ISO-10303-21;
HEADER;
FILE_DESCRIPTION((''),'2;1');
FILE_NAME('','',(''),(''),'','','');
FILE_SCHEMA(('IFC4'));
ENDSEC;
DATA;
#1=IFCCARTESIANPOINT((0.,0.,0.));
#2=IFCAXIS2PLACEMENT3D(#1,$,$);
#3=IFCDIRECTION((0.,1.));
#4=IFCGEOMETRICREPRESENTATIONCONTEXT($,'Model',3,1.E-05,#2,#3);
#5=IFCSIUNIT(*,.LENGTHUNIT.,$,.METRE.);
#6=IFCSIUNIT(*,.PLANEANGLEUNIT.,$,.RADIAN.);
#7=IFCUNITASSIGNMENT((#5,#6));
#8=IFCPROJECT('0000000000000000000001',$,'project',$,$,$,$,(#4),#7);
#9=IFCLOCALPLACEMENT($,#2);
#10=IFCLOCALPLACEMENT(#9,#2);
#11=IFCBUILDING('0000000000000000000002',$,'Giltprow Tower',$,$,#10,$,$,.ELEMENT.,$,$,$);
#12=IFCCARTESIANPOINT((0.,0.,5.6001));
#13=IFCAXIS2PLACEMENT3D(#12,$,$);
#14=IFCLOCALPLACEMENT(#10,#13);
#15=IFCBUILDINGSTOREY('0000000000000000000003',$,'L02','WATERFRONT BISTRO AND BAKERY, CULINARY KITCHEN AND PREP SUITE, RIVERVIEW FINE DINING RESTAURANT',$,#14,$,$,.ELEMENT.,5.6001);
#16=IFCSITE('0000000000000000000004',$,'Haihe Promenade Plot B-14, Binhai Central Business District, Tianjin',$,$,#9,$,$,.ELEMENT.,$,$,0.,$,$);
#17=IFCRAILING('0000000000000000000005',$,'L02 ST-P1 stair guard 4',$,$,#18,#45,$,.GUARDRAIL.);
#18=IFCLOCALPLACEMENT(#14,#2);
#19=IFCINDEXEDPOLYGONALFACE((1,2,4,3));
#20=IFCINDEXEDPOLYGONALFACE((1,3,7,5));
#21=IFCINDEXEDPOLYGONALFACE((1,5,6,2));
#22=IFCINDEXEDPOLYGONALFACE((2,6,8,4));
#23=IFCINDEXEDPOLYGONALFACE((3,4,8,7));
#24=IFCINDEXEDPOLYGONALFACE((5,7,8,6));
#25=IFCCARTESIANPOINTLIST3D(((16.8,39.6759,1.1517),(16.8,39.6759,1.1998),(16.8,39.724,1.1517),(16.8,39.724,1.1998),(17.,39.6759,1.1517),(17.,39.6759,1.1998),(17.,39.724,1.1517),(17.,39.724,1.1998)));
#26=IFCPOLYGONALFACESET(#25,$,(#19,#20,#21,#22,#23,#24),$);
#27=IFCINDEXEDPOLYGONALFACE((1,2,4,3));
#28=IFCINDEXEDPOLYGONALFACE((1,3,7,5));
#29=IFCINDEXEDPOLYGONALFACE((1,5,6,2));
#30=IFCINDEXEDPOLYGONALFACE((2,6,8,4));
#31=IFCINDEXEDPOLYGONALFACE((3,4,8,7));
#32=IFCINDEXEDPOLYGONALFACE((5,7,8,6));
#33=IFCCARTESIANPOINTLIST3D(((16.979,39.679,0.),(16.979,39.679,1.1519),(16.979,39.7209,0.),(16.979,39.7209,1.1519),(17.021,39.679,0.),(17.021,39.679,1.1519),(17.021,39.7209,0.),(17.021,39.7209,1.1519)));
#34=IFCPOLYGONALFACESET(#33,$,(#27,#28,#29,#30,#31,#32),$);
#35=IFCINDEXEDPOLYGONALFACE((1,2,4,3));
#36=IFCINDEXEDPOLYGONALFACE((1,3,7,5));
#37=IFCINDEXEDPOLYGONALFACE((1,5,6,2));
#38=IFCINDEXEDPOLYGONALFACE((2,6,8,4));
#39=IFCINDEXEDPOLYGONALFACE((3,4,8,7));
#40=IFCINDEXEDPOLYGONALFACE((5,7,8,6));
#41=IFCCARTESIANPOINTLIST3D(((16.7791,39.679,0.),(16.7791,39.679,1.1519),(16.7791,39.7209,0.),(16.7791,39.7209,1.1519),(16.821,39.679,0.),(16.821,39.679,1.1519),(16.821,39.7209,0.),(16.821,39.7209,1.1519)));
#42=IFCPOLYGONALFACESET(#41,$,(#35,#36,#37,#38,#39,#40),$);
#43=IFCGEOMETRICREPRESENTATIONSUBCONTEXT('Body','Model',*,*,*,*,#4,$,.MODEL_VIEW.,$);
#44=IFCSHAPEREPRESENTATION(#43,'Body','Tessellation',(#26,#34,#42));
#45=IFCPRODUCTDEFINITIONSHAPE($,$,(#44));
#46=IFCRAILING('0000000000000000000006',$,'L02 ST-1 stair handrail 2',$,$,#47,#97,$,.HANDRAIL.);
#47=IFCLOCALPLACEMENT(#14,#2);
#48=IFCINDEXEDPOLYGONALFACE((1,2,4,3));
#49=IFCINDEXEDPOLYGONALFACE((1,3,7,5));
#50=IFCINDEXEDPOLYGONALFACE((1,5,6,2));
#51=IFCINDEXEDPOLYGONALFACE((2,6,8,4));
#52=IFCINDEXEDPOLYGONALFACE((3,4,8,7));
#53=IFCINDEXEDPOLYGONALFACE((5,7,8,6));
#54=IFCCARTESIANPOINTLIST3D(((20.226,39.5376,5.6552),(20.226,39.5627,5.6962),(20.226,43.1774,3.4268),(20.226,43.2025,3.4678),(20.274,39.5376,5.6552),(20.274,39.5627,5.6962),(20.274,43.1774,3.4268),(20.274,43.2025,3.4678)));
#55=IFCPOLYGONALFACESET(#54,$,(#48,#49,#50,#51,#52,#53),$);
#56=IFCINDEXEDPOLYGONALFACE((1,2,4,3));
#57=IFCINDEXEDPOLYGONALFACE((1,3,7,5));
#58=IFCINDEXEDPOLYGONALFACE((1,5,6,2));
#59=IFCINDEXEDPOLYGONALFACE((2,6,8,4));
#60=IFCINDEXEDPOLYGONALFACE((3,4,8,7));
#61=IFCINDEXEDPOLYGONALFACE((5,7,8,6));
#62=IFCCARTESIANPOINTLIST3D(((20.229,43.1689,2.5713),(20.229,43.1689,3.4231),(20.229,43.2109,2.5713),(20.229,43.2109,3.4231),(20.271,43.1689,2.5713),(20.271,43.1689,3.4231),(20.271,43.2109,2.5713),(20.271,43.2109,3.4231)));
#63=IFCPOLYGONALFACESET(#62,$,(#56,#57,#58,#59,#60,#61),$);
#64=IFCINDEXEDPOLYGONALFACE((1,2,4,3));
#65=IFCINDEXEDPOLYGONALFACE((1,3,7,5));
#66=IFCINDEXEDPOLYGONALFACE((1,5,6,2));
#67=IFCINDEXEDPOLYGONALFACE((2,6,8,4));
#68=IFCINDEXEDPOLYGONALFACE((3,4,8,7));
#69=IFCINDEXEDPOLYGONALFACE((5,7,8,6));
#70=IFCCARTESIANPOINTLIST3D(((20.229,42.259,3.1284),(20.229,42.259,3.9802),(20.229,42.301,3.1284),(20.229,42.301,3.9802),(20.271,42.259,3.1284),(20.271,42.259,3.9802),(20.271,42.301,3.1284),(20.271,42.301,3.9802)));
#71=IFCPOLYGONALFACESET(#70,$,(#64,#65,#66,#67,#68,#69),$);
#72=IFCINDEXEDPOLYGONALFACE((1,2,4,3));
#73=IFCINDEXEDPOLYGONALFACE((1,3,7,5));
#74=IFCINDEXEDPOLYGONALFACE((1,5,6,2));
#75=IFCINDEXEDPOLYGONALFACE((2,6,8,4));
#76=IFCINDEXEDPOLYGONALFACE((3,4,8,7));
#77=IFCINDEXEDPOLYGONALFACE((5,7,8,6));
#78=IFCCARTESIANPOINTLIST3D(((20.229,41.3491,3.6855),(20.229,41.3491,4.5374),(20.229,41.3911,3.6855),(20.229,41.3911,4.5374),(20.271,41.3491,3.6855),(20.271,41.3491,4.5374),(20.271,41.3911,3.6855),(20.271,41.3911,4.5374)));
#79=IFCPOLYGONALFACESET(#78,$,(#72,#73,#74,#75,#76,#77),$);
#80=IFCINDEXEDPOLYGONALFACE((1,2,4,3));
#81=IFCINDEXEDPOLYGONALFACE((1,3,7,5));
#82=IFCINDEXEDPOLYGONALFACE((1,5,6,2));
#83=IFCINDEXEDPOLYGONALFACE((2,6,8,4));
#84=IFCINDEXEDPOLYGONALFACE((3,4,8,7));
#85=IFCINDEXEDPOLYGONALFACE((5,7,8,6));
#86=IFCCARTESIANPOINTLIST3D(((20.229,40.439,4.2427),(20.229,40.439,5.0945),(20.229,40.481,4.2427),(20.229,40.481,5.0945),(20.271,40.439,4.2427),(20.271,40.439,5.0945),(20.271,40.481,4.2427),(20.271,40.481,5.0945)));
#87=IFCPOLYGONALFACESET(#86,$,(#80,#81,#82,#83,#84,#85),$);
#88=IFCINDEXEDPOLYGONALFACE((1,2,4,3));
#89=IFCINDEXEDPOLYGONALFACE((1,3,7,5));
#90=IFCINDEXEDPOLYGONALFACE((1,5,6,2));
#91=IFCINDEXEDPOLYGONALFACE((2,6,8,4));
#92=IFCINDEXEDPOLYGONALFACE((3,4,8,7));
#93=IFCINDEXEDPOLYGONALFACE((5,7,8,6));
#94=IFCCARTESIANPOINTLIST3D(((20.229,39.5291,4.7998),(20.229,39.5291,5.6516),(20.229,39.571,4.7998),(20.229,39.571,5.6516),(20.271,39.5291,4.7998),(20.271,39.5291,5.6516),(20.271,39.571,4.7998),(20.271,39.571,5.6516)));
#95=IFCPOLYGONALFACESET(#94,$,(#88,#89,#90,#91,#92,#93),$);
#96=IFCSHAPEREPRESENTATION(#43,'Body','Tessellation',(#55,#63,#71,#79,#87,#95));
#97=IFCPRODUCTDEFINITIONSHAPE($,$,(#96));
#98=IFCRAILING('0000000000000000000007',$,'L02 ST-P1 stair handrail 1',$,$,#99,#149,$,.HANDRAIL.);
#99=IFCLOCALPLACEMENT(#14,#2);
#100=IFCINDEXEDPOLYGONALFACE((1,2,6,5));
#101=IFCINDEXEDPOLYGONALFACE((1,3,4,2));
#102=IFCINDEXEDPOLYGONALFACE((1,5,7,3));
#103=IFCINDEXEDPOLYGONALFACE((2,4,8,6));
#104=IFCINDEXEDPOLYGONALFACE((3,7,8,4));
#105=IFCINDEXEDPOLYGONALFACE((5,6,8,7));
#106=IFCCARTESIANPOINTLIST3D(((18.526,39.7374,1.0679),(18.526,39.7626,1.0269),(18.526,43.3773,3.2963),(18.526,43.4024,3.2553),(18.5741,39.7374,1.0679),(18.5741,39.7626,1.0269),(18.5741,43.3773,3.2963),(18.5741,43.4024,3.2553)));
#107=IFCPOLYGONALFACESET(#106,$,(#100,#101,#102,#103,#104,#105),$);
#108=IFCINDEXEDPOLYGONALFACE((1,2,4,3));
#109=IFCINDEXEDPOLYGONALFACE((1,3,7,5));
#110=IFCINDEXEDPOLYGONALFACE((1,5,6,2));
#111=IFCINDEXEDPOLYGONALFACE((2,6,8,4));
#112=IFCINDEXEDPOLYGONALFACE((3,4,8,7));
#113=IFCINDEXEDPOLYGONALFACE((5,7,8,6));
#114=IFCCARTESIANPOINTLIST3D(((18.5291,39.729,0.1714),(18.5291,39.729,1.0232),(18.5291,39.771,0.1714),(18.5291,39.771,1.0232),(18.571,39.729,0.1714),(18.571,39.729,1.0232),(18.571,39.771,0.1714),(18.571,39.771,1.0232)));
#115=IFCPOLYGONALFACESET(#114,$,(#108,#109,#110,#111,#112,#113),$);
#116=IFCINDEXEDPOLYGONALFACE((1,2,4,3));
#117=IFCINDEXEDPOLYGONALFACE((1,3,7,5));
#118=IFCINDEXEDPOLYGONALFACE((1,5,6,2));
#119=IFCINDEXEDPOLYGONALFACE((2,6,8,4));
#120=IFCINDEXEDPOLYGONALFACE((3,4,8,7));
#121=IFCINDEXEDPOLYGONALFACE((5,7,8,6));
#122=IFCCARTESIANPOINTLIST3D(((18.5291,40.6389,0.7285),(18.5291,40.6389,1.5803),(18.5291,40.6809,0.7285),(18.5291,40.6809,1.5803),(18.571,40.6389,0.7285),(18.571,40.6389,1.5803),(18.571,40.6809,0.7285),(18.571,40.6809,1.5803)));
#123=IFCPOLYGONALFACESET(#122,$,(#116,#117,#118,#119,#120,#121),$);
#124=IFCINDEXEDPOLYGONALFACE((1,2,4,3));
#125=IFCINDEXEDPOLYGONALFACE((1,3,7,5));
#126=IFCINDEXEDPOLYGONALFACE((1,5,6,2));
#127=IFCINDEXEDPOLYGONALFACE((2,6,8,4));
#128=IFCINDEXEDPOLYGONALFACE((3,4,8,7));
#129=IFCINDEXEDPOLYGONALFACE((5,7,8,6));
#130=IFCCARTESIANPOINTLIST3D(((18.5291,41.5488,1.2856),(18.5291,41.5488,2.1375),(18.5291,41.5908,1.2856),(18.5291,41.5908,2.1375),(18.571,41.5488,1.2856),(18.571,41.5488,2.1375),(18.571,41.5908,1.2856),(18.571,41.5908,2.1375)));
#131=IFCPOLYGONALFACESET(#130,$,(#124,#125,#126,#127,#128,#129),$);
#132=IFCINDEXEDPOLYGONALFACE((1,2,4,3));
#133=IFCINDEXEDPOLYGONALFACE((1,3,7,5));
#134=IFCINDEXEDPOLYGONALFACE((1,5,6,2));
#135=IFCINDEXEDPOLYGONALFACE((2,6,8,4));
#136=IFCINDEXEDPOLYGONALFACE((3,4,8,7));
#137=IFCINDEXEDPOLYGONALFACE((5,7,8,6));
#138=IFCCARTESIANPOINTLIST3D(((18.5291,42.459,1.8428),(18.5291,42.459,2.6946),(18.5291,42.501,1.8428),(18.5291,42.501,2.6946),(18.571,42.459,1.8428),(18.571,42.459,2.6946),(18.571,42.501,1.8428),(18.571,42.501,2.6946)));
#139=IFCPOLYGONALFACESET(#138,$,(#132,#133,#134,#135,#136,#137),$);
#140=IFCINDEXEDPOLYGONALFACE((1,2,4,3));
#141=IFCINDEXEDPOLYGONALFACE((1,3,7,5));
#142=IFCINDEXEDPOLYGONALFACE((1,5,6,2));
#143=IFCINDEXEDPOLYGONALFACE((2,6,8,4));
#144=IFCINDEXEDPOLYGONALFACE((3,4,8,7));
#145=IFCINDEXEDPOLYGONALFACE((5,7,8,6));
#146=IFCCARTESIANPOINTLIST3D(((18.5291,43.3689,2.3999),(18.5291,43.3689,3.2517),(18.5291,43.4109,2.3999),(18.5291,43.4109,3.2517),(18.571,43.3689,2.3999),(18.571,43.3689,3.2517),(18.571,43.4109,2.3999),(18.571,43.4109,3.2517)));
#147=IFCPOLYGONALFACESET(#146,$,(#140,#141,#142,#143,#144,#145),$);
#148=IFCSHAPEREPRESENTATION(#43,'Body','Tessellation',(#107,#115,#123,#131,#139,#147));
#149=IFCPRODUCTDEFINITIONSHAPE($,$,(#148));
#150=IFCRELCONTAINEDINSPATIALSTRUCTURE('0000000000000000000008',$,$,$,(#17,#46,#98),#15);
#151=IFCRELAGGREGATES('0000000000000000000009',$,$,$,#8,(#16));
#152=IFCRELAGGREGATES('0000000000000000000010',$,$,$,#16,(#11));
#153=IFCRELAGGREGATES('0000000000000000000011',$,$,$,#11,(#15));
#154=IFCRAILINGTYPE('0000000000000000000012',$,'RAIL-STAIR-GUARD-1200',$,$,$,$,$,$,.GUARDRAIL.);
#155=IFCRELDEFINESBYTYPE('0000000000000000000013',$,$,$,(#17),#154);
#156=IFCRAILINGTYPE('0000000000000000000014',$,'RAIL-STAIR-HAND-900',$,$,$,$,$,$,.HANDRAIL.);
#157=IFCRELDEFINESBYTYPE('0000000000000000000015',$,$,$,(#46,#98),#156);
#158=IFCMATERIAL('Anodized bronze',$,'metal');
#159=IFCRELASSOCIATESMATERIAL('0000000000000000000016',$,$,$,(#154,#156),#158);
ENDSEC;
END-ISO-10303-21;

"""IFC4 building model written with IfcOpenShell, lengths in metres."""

from ifc_helpers import new_model, si_unit, direction, frame, origin, origin_2d, place, context, subcontext, project, spatial, rectangle, extrude, material, type_object, element, save


model = new_model("IFC4")

# Units and contexts
model_context = context("Model", 3, precision=1e-05, world=origin(), true_north=direction((0.0, 1.0)))
body_context = subcontext(model_context, "Body", "Model", "MODEL_VIEW")
ifc_project = project(units=[si_unit("LENGTHUNIT", "METRE"), si_unit("PLANEANGLEUNIT", "RADIAN")], contexts=[model_context])

# Site, building, storey
site_placement = place(None, origin())
site = spatial("IfcSite", under=ifc_project, at=site_placement, Name="Haihe Promenade Plot B-14, Binhai Central Business District, Tianjin", CompositionType="ELEMENT", RefElevation=0.0)
building_placement = place(site_placement, origin())
building = spatial("IfcBuilding", under=site, at=building_placement, Name="Giltprow Tower", CompositionType="ELEMENT")
storey_placement = place(building_placement, frame((0.0, 0.0, 5.6001)))
storey = spatial("IfcBuildingStorey", under=building, at=storey_placement, Name="L02", Description="WATERFRONT BISTRO AND BAKERY, CULINARY KITCHEN AND PREP SUITE, RIVERVIEW FINE DINING RESTAURANT", CompositionType="ELEMENT", Elevation=5.6001)

# Railings
ifc_material_1 = material(Name="Anodized bronze", Category="metal")
railing_type_1 = type_object("IfcRailingType", Name="RAIL-STAIR-GUARD-1200", PredefinedType="GUARDRAIL", material=ifc_material_1)
for number, where, name in (
    (1, (17.0, 39.7, 0.0), "L02 ST-P1 stair guard 4"),
):
    element("IfcRailing", number, at=place(storey_placement, frame(where)), inside=storey, type_object=railing_type_1, Name=name, PredefinedType="GUARDRAIL", context=body_context, shape_type="SweptSolid", body=[
        extrude(rectangle(XDim=0.0481, YDim=0.0481, at=origin_2d()), frame((0.0, 0.0, 1.1758), z_axis=(-1.0, 0.0, 0.0), x_axis=(0.0, -1.0, 0.0)), (0.0, 0.0, 1.0), 0.2),
        extrude(rectangle(XDim=0.042, YDim=0.042, at=origin_2d()), origin(), (0.0, 0.0, 1.0), 1.1519),
        extrude(rectangle(XDim=0.042, YDim=0.042, at=origin_2d()), frame((-0.2, 0.0, 0.0)), (0.0, 0.0, 1.0), 1.1519),
    ])
railing_type_2 = type_object("IfcRailingType", Name="RAIL-STAIR-HAND-900", PredefinedType="HANDRAIL", material=ifc_material_1)
railing_1_placement = place(storey_placement, frame((20.25, 43.1899, 2.5713)))
element("IfcRailing", 2, at=railing_1_placement, inside=storey, type_object=railing_type_2, Name="L02 ST-1 stair handrail 2", PredefinedType="HANDRAIL", context=body_context, shape_type="SweptSolid", body=[
    extrude(rectangle(XDim=0.0481, YDim=0.0481, at=origin_2d()), frame((0.0, 0.0, 0.876), z_axis=(0.0, -0.85285, 0.522156), x_axis=(1.0, 0.0, 0.0)), (0.0, 0.0, 1.0), 4.2678),
    extrude(rectangle(XDim=0.042, YDim=0.042, at=origin_2d()), origin(), (0.0, 0.0, 1.0), 0.8518),
    extrude(rectangle(XDim=0.042, YDim=0.042, at=origin_2d()), frame((0.0, -0.9099, 0.5571)), (0.0, 0.0, 1.0), 0.8518),
    extrude(rectangle(XDim=0.042, YDim=0.042, at=origin_2d()), frame((0.0, -1.8198, 1.1143)), (0.0, 0.0, 1.0), 0.8518),
    extrude(rectangle(XDim=0.042, YDim=0.042, at=origin_2d()), frame((0.0, -2.73, 1.6714)), (0.0, 0.0, 1.0), 0.8518),
    extrude(rectangle(XDim=0.042, YDim=0.042, at=origin_2d()), frame((0.0, -3.6399, 2.2285)), (0.0, 0.0, 1.0), 0.8518),
])
railing_2_placement = place(storey_placement, frame((18.55, 39.75, 0.1714)))
element("IfcRailing", 3, at=railing_2_placement, inside=storey, type_object=railing_type_2, Name="L02 ST-P1 stair handrail 1", PredefinedType="HANDRAIL", context=body_context, shape_type="SweptSolid", body=[
    extrude(rectangle(XDim=0.0481, YDim=0.0481, at=origin_2d()), frame((0.0, 0.0, 0.876), z_axis=(0.0, 0.85285, 0.522156), x_axis=(-1.0, 0.0, 0.0)), (0.0, 0.0, 1.0), 4.2678),
    extrude(rectangle(XDim=0.042, YDim=0.042, at=origin_2d()), origin(), (0.0, 0.0, 1.0), 0.8518),
    extrude(rectangle(XDim=0.042, YDim=0.042, at=origin_2d()), frame((0.0, 0.9099, 0.5571)), (0.0, 0.0, 1.0), 0.8518),
    extrude(rectangle(XDim=0.042, YDim=0.042, at=origin_2d()), frame((0.0, 1.8198, 1.1143)), (0.0, 0.0, 1.0), 0.8518),
    extrude(rectangle(XDim=0.042, YDim=0.042, at=origin_2d()), frame((0.0, 2.73, 1.6714)), (0.0, 0.0, 1.0), 0.8518),
    extrude(rectangle(XDim=0.042, YDim=0.042, at=origin_2d()), frame((0.0, 3.6399, 2.2285)), (0.0, 0.0, 1.0), 0.8518),
])

save(model, "model.ifc")
